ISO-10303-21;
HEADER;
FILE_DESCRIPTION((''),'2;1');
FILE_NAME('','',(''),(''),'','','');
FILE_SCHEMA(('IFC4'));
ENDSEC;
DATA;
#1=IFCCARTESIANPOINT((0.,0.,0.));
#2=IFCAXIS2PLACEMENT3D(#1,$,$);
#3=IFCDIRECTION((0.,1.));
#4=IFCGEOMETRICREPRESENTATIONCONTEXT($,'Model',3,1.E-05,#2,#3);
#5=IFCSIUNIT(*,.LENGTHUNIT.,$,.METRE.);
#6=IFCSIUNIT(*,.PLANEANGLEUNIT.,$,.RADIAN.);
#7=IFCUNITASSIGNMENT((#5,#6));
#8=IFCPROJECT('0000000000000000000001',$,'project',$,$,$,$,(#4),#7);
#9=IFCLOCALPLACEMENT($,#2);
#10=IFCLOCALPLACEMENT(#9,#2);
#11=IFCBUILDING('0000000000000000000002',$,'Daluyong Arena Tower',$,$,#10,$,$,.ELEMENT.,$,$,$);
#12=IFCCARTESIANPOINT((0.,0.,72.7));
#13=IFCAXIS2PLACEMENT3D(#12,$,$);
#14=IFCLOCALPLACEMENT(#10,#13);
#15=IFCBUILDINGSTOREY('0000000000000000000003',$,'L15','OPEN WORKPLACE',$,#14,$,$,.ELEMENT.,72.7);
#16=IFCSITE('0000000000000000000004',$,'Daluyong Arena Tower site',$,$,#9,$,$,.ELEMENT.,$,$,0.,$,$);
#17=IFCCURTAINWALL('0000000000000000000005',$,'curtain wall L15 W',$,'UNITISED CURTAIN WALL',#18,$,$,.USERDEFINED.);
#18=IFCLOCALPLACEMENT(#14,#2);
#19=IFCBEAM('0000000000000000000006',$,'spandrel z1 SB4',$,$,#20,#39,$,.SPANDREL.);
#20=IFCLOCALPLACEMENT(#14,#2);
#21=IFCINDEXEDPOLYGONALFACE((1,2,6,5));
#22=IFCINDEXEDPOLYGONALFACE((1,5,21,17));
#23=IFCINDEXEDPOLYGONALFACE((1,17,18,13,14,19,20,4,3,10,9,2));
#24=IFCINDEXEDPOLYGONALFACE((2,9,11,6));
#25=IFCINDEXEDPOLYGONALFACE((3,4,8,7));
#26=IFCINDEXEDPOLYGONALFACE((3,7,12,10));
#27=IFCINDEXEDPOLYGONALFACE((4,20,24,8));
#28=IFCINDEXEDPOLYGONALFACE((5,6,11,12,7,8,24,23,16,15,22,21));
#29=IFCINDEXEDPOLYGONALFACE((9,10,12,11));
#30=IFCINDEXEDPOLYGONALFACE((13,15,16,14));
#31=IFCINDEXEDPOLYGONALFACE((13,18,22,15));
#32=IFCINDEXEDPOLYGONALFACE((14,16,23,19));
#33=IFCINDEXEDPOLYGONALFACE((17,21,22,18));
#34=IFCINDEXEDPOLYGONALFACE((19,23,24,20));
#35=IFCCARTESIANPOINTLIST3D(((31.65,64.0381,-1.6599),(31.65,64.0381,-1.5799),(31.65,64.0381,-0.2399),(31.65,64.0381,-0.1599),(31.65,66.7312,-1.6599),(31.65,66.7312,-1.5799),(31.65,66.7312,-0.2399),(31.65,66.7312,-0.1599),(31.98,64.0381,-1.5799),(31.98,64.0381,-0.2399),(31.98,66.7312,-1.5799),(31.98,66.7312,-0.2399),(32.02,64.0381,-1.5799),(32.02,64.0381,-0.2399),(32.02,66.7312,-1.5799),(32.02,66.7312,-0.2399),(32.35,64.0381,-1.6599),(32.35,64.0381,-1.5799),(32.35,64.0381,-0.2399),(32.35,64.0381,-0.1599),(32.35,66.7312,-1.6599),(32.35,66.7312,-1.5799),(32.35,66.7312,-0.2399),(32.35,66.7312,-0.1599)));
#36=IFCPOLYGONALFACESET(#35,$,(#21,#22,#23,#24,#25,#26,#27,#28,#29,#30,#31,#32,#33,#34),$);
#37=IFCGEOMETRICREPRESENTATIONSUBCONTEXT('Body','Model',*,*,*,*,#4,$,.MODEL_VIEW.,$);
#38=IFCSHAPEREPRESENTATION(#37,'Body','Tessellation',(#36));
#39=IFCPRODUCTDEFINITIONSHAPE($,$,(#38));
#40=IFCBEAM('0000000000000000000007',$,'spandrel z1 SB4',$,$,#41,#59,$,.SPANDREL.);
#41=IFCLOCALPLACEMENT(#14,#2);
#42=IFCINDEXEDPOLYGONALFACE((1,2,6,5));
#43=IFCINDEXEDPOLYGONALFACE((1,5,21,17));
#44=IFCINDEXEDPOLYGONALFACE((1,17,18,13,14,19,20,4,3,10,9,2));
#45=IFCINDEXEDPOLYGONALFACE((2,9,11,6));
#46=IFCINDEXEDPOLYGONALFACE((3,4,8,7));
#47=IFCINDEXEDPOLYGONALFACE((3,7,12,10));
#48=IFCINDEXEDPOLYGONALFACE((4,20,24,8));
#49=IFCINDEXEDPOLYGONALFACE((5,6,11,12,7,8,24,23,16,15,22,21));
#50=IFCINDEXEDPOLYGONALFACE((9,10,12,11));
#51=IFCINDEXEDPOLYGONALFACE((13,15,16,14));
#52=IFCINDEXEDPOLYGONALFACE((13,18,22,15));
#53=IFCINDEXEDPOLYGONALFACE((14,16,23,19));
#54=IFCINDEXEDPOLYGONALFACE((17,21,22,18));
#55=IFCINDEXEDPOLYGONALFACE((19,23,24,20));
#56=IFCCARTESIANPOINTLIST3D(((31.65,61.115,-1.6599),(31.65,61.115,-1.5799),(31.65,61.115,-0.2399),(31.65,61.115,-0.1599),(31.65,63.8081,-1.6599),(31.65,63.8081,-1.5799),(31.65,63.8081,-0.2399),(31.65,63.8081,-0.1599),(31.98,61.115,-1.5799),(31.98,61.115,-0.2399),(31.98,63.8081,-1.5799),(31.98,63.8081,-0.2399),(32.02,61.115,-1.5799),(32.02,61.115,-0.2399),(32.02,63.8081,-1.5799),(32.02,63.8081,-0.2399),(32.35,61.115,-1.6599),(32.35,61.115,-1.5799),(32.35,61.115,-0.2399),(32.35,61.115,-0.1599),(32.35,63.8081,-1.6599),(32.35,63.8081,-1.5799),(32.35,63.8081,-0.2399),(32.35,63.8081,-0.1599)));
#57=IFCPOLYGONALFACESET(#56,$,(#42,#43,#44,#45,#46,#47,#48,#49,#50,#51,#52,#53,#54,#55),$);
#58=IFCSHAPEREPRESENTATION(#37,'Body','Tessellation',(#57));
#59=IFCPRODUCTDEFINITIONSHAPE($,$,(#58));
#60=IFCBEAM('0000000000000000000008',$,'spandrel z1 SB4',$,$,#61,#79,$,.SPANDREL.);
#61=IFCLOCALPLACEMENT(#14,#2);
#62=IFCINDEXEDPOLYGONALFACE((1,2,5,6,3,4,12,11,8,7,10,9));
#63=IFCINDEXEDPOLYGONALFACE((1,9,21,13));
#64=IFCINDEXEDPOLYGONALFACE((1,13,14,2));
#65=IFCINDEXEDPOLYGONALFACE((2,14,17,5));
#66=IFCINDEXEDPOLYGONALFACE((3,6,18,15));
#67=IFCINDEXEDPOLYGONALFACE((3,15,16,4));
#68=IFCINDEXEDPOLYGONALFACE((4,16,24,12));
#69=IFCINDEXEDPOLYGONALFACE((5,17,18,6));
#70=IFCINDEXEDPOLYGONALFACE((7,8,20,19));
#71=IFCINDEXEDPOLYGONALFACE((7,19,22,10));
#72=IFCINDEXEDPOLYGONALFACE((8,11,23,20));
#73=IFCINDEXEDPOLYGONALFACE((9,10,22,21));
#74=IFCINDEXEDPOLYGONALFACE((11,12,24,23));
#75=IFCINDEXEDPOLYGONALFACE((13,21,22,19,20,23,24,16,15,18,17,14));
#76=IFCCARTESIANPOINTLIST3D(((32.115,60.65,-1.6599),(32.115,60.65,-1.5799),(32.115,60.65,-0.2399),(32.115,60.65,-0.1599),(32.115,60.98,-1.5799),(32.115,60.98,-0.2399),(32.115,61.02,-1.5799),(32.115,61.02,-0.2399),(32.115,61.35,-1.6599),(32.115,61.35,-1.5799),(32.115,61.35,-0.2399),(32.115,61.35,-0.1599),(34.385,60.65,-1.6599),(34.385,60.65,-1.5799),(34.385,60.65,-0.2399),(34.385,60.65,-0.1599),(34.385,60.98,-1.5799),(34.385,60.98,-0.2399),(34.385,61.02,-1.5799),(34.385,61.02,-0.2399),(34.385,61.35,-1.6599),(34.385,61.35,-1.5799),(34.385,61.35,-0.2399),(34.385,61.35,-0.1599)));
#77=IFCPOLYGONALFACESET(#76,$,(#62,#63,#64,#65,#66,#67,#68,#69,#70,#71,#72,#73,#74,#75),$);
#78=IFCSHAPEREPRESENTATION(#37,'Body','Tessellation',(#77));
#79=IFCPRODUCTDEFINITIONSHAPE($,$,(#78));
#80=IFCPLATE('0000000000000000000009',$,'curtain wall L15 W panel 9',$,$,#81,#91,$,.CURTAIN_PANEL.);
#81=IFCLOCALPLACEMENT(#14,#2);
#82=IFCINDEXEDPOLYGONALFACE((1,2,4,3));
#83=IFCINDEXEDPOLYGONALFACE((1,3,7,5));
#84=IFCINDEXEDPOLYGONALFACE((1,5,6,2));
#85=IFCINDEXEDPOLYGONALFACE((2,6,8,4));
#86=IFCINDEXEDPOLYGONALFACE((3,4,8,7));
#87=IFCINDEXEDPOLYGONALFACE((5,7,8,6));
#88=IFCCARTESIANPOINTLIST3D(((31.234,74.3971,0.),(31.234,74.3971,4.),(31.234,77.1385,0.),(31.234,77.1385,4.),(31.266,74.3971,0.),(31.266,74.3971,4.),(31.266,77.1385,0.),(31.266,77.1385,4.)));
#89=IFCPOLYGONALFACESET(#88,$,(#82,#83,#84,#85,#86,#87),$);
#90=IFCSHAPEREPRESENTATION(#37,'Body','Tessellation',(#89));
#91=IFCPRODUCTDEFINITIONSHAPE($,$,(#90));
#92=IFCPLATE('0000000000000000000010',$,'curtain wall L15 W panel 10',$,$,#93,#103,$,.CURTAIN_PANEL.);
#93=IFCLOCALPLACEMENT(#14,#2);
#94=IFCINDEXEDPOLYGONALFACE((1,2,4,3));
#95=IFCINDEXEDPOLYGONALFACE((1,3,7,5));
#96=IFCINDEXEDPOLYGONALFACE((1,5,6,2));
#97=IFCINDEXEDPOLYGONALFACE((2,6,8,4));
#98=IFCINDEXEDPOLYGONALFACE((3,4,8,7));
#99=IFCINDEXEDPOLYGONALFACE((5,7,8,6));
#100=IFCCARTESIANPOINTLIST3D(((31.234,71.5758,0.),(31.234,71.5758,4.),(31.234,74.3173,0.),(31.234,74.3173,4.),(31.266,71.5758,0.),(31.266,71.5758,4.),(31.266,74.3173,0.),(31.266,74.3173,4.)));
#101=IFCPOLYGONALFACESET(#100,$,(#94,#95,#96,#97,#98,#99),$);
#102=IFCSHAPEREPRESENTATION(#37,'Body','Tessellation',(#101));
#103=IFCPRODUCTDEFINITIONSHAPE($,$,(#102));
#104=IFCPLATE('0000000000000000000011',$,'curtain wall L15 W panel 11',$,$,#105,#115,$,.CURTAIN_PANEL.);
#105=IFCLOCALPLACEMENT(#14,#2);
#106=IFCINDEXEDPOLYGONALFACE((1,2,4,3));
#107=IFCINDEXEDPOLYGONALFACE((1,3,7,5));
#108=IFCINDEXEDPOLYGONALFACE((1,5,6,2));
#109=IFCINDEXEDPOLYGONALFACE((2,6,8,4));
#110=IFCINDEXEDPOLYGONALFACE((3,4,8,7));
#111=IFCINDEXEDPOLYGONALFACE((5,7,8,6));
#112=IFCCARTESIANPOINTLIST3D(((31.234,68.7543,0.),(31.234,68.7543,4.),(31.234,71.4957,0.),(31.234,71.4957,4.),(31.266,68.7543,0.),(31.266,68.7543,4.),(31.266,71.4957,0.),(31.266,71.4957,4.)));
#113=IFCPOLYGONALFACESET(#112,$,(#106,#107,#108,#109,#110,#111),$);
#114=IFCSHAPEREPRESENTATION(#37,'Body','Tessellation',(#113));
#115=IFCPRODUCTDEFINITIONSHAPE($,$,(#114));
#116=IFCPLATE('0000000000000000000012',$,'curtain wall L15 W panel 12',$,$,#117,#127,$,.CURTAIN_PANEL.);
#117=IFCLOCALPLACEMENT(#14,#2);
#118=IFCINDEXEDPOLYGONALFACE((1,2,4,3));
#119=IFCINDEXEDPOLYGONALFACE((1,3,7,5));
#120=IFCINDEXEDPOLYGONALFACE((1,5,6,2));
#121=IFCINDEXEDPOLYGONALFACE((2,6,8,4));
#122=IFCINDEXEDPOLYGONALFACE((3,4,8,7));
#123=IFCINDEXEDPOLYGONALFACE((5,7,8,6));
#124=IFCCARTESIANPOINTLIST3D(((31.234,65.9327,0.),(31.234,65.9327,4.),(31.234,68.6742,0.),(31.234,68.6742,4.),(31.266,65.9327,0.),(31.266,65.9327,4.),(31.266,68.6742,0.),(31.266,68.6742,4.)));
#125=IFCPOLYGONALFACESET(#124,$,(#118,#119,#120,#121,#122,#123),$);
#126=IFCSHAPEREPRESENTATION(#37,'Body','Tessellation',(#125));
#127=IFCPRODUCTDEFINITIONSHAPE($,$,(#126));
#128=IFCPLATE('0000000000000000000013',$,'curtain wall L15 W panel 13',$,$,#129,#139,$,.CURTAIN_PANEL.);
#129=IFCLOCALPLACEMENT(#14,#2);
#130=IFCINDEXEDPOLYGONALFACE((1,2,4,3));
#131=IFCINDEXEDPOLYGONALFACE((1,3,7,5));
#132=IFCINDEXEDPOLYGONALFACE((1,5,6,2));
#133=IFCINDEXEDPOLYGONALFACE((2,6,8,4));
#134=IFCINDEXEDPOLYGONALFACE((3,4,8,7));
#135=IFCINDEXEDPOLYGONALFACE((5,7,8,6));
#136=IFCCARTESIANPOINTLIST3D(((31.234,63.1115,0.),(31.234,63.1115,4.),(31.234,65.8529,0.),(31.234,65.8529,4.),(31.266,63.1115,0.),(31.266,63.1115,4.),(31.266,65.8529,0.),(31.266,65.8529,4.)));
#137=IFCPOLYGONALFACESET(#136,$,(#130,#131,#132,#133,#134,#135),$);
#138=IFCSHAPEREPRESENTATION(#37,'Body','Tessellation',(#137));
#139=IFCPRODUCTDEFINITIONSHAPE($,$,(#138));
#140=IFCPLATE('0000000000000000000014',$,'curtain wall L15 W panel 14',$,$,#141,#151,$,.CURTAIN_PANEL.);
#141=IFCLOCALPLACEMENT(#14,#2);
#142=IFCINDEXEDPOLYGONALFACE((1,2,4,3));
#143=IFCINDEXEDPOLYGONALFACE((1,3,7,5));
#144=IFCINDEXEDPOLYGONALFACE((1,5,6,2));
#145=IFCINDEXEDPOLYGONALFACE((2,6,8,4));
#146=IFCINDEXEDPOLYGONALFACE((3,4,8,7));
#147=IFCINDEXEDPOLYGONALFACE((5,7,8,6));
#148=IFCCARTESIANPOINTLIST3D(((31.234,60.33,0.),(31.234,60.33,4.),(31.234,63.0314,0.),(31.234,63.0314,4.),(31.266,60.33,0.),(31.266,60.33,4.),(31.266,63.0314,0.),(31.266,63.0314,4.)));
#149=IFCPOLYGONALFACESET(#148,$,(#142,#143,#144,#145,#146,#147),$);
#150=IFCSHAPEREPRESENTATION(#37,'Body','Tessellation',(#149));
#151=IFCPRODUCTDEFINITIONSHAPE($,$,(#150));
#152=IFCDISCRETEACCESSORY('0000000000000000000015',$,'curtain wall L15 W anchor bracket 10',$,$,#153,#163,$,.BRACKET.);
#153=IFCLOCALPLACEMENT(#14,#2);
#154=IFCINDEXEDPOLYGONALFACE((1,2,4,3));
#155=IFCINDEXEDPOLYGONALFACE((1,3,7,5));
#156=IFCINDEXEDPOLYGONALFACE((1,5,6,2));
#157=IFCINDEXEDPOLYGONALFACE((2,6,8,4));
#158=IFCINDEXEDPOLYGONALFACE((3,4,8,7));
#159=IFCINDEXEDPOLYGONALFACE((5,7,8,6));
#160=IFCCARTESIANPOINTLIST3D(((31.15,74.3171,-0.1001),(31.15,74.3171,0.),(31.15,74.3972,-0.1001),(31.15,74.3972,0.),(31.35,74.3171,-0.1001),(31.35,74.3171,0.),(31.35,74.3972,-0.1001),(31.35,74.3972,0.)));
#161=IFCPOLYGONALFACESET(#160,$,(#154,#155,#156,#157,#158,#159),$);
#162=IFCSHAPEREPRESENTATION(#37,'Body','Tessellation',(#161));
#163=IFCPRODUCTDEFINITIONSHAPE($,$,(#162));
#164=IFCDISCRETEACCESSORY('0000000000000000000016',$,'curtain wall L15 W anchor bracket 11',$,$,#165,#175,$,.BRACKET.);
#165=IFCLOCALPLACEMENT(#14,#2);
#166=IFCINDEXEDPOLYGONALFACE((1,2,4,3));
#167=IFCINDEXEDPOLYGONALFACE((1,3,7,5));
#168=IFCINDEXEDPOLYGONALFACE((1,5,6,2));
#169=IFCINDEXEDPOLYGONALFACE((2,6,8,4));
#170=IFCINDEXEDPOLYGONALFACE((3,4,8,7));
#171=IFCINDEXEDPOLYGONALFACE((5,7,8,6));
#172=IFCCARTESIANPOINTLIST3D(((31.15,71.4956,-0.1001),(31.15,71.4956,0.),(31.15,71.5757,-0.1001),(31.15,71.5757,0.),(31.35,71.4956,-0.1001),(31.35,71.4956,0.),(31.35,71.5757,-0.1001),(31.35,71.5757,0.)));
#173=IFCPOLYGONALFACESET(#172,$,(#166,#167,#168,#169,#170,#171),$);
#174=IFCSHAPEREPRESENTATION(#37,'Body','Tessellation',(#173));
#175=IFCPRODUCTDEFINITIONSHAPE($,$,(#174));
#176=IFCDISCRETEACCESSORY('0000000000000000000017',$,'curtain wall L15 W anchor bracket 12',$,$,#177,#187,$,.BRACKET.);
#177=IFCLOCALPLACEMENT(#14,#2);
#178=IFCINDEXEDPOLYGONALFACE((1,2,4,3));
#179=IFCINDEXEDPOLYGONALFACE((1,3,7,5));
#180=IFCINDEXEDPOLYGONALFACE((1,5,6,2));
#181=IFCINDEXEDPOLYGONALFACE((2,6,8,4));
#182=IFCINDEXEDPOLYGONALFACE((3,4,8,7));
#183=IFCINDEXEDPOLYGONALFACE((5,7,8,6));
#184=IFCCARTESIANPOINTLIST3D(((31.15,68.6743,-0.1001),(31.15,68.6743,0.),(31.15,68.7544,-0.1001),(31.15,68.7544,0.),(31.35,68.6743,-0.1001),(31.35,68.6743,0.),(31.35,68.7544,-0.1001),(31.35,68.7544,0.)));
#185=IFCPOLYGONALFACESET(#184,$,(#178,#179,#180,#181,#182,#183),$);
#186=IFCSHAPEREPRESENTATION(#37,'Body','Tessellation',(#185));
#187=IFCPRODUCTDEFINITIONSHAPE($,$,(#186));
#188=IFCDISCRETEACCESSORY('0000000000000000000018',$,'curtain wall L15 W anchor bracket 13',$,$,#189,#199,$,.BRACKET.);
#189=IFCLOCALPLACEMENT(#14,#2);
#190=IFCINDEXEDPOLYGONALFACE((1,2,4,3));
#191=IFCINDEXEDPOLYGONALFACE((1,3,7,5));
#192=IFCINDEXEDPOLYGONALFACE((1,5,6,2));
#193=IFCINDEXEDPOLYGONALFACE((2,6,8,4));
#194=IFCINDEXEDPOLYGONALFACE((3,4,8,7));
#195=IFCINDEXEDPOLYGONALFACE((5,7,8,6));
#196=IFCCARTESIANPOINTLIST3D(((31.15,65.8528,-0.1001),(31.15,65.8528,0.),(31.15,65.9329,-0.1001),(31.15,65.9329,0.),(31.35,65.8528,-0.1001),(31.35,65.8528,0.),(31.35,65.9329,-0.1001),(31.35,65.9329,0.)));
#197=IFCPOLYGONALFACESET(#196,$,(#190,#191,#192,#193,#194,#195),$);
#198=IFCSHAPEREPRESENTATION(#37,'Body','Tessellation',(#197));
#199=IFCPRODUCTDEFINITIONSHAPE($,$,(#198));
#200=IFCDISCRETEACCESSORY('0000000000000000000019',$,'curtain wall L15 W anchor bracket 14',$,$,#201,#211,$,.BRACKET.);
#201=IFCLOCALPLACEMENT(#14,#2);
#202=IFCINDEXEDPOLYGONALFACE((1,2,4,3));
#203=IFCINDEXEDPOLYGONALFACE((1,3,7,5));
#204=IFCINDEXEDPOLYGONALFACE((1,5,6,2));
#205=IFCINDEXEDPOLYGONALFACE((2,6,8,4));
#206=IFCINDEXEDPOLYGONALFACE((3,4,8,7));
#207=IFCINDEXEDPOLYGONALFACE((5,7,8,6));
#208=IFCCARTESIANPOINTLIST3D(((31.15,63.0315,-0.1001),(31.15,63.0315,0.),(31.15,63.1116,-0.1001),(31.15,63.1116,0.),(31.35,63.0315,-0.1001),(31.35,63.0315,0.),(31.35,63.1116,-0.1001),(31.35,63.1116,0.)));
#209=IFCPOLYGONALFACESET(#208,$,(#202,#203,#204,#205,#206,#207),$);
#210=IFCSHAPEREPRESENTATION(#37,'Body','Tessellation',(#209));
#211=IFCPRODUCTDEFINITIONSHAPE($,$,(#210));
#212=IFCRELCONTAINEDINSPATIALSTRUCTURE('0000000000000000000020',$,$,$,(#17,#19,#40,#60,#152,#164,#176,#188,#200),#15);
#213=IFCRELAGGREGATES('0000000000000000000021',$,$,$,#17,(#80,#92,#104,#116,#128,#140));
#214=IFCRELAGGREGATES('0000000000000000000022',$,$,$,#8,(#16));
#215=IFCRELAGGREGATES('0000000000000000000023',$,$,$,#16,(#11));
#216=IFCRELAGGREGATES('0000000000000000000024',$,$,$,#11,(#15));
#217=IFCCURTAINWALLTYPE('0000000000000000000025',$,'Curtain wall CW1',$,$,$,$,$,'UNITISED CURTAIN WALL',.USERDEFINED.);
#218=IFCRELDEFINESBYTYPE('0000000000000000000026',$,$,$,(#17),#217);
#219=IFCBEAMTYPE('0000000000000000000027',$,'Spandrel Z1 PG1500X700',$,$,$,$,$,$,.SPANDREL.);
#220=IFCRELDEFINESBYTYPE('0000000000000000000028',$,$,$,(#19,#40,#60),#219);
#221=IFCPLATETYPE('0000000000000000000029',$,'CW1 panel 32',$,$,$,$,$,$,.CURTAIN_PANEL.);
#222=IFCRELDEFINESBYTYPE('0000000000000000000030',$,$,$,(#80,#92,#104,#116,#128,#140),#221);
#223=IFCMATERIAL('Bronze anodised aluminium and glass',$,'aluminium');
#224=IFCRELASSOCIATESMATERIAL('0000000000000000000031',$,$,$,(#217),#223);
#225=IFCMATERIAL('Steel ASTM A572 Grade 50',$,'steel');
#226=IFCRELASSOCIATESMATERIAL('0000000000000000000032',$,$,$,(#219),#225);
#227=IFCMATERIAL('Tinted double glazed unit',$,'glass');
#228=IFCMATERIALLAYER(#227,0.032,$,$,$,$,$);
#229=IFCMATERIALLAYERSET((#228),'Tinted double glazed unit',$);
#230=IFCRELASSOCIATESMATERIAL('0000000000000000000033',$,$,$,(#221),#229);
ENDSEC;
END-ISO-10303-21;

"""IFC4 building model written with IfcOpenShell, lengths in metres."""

from ifc_helpers import new_model, si_unit, direction, frame, origin, origin_2d, place, context, subcontext, project, spatial, rectangle, i_section, extrude, material, layer, layer_set, material_profile, profile_set, type_object, element, aggregate, save


model = new_model("IFC4")

# Units and contexts
model_context = context("Model", 3, precision=1e-05, world=origin(), true_north=direction((0.0, 1.0)))
body_context = subcontext(model_context, "Body", "Model", "MODEL_VIEW")
ifc_project = project(units=[si_unit("LENGTHUNIT", "METRE"), si_unit("PLANEANGLEUNIT", "RADIAN")], contexts=[model_context])

# Site, building, storey
site_placement = place(None, origin())
site = spatial("IfcSite", under=ifc_project, at=site_placement, Name="Daluyong Arena Tower site", CompositionType="ELEMENT", RefElevation=0.0)
building_placement = place(site_placement, origin())
building = spatial("IfcBuilding", under=site, at=building_placement, Name="Daluyong Arena Tower", CompositionType="ELEMENT")
storey_placement = place(building_placement, frame((0.0, 0.0, 72.7)))
storey = spatial("IfcBuildingStorey", under=building, at=storey_placement, Name="L15", Description="OPEN WORKPLACE", CompositionType="ELEMENT", Elevation=72.7)

# Curtain wall
ifc_material_1 = material(Name="Bronze anodised aluminium and glass", Category="aluminium")
curtain_wall_type_1 = type_object("IfcCurtainWallType", Name="Curtain wall CW1", ElementType="UNITISED CURTAIN WALL", PredefinedType="USERDEFINED", material=ifc_material_1)
curtain_wall_1_placement = place(storey_placement, origin())
curtain_wall_1 = element("IfcCurtainWall", 1, at=curtain_wall_1_placement, inside=storey, type_object=curtain_wall_type_1, Name="curtain wall L15 W", ObjectType="UNITISED CURTAIN WALL", PredefinedType="USERDEFINED")

# Beams
ifc_material_2 = material(Name="Steel ASTM A572 Grade 50", Category="steel")
ifc_material_profile_1 = material_profile(ifc_material_2, i_section(OverallWidth=0.7, OverallDepth=1.5, WebThickness=0.04, FlangeThickness=0.08, at=origin_2d()))
ifc_profile_set_1 = profile_set([ifc_material_profile_1], Name="Steel ASTM A572 Grade 50")
beam_type_1 = type_object("IfcBeamType", Name="Spandrel Z1 PG1500X700", PredefinedType="SPANDREL", material=ifc_profile_set_1)
for number, where, z_axis, x_axis, name in (
    (2, (32.0, 66.7312, -0.9099), (0.0, -1.0, 0.0), (1.0, 0.0, 0.0), "spandrel z1 SB4"),
    (3, (32.0, 63.8081, -0.9099), (0.0, -1.0, 0.0), (1.0, 0.0, 0.0), "spandrel z1 SB4"),
):
    element("IfcBeam", number, at=place(storey_placement, frame(where, z_axis=z_axis, x_axis=x_axis)), inside=storey, type_object=beam_type_1, Name=name, PredefinedType="SPANDREL", context=body_context, shape_type="SweptSolid", body=[
        extrude(i_section(OverallWidth=0.7, OverallDepth=1.5, WebThickness=0.04, FlangeThickness=0.08, at=origin_2d()), origin(), (0.0, 0.0, 1.0), 2.6931),
    ])
beam_1_placement = place(storey_placement, frame((32.115, 61.0, -0.9099), z_axis=(1.0, 0.0, 0.0), x_axis=(0.0, 1.0, 0.0)))
element("IfcBeam", 4, at=beam_1_placement, inside=storey, type_object=beam_type_1, Name="spandrel z1 SB4", PredefinedType="SPANDREL", context=body_context, shape_type="SweptSolid", body=[
    extrude(i_section(OverallWidth=0.7, OverallDepth=1.5, WebThickness=0.04, FlangeThickness=0.08, at=origin_2d()), origin(), (0.0, 0.0, 1.0), 2.27),
])

# Plates
ifc_material_3 = material(Name="Tinted double glazed unit", Category="glass")
ifc_layer = layer(ifc_material_3, 0.032)
ifc_layer_set = layer_set([ifc_layer], Name="Tinted double glazed unit")
plate_type = type_object("IfcPlateType", Name="CW1 panel 32", PredefinedType="CURTAIN_PANEL", material=ifc_layer_set)
plate_1_placement = place(storey_placement, frame((31.25, 75.7678, 0.0), z_axis=(0.0, 0.0, 1.0), x_axis=(0.0, -1.0, 0.0)))
plate_1 = element("IfcPlate", 5, at=plate_1_placement, type_object=plate_type, Name="curtain wall L15 W panel 9", PredefinedType="CURTAIN_PANEL", context=body_context, shape_type="SweptSolid", body=[
    extrude(rectangle(XDim=2.7415, YDim=0.032, at=origin_2d()), origin(), (0.0, 0.0, 1.0), 4.0),
])
plate_2_placement = place(storey_placement, frame((31.25, 72.9465, 0.0), z_axis=(0.0, 0.0, 1.0), x_axis=(0.0, -1.0, 0.0)))
plate_2 = element("IfcPlate", 6, at=plate_2_placement, type_object=plate_type, Name="curtain wall L15 W panel 10", PredefinedType="CURTAIN_PANEL", context=body_context, shape_type="SweptSolid", body=[
    extrude(rectangle(XDim=2.7415, YDim=0.032, at=origin_2d()), origin(), (0.0, 0.0, 1.0), 4.0),
])
plate_3_placement = place(storey_placement, frame((31.25, 70.125, 0.0), z_axis=(0.0, 0.0, 1.0), x_axis=(0.0, -1.0, 0.0)))
plate_3 = element("IfcPlate", 7, at=plate_3_placement, type_object=plate_type, Name="curtain wall L15 W panel 11", PredefinedType="CURTAIN_PANEL", context=body_context, shape_type="SweptSolid", body=[
    extrude(rectangle(XDim=2.7415, YDim=0.032, at=origin_2d()), origin(), (0.0, 0.0, 1.0), 4.0),
])
plate_4_placement = place(storey_placement, frame((31.25, 67.3035, 0.0), z_axis=(0.0, 0.0, 1.0), x_axis=(0.0, -1.0, 0.0)))
plate_4 = element("IfcPlate", 8, at=plate_4_placement, type_object=plate_type, Name="curtain wall L15 W panel 12", PredefinedType="CURTAIN_PANEL", context=body_context, shape_type="SweptSolid", body=[
    extrude(rectangle(XDim=2.7415, YDim=0.032, at=origin_2d()), origin(), (0.0, 0.0, 1.0), 4.0),
])
plate_5_placement = place(storey_placement, frame((31.25, 64.4822, 0.0), z_axis=(0.0, 0.0, 1.0), x_axis=(0.0, -1.0, 0.0)))
plate_5 = element("IfcPlate", 9, at=plate_5_placement, type_object=plate_type, Name="curtain wall L15 W panel 13", PredefinedType="CURTAIN_PANEL", context=body_context, shape_type="SweptSolid", body=[
    extrude(rectangle(XDim=2.7415, YDim=0.032, at=origin_2d()), origin(), (0.0, 0.0, 1.0), 4.0),
])
plate_6_placement = place(storey_placement, frame((31.25, 61.6807, 0.0), z_axis=(0.0, 0.0, 1.0), x_axis=(0.0, -1.0, 0.0)))
plate_6 = element("IfcPlate", 10, at=plate_6_placement, type_object=plate_type, Name="curtain wall L15 W panel 14", PredefinedType="CURTAIN_PANEL", context=body_context, shape_type="SweptSolid", body=[
    extrude(rectangle(XDim=2.7014, YDim=0.032, at=origin_2d()), origin(), (0.0, 0.0, 1.0), 4.0),
])
aggregate(curtain_wall_1, [plate_1, plate_2, plate_3, plate_4, plate_5, plate_6])

# Discrete accessories
for number, where, z_axis, x_axis, name in (
    (11, (31.25, 74.3572, -0.1001), (0.0, 0.0, 1.0), (0.0, -1.0, 0.0), "curtain wall L15 W anchor bracket 10"),
    (12, (31.25, 71.5356, -0.1001), (0.0, 0.0, 1.0), (0.0, -1.0, 0.0), "curtain wall L15 W anchor bracket 11"),
    (13, (31.25, 68.7144, -0.1001), (0.0, 0.0, 1.0), (0.0, -1.0, 0.0), "curtain wall L15 W anchor bracket 12"),
    (14, (31.25, 65.8928, -0.1001), (0.0, 0.0, 1.0), (0.0, -1.0, 0.0), "curtain wall L15 W anchor bracket 13"),
    (15, (31.25, 63.0715, -0.1001), (0.0, 0.0, 1.0), (0.0, -1.0, 0.0), "curtain wall L15 W anchor bracket 14"),
):
    element("IfcDiscreteAccessory", number, at=place(storey_placement, frame(where, z_axis=z_axis, x_axis=x_axis)), inside=storey, Name=name, PredefinedType="BRACKET", context=body_context, shape_type="SweptSolid", body=[
        extrude(rectangle(XDim=0.0801, YDim=0.2, at=origin_2d()), origin(), (0.0, 0.0, 1.0), 0.1001),
    ])

save(model, "model.ifc")
